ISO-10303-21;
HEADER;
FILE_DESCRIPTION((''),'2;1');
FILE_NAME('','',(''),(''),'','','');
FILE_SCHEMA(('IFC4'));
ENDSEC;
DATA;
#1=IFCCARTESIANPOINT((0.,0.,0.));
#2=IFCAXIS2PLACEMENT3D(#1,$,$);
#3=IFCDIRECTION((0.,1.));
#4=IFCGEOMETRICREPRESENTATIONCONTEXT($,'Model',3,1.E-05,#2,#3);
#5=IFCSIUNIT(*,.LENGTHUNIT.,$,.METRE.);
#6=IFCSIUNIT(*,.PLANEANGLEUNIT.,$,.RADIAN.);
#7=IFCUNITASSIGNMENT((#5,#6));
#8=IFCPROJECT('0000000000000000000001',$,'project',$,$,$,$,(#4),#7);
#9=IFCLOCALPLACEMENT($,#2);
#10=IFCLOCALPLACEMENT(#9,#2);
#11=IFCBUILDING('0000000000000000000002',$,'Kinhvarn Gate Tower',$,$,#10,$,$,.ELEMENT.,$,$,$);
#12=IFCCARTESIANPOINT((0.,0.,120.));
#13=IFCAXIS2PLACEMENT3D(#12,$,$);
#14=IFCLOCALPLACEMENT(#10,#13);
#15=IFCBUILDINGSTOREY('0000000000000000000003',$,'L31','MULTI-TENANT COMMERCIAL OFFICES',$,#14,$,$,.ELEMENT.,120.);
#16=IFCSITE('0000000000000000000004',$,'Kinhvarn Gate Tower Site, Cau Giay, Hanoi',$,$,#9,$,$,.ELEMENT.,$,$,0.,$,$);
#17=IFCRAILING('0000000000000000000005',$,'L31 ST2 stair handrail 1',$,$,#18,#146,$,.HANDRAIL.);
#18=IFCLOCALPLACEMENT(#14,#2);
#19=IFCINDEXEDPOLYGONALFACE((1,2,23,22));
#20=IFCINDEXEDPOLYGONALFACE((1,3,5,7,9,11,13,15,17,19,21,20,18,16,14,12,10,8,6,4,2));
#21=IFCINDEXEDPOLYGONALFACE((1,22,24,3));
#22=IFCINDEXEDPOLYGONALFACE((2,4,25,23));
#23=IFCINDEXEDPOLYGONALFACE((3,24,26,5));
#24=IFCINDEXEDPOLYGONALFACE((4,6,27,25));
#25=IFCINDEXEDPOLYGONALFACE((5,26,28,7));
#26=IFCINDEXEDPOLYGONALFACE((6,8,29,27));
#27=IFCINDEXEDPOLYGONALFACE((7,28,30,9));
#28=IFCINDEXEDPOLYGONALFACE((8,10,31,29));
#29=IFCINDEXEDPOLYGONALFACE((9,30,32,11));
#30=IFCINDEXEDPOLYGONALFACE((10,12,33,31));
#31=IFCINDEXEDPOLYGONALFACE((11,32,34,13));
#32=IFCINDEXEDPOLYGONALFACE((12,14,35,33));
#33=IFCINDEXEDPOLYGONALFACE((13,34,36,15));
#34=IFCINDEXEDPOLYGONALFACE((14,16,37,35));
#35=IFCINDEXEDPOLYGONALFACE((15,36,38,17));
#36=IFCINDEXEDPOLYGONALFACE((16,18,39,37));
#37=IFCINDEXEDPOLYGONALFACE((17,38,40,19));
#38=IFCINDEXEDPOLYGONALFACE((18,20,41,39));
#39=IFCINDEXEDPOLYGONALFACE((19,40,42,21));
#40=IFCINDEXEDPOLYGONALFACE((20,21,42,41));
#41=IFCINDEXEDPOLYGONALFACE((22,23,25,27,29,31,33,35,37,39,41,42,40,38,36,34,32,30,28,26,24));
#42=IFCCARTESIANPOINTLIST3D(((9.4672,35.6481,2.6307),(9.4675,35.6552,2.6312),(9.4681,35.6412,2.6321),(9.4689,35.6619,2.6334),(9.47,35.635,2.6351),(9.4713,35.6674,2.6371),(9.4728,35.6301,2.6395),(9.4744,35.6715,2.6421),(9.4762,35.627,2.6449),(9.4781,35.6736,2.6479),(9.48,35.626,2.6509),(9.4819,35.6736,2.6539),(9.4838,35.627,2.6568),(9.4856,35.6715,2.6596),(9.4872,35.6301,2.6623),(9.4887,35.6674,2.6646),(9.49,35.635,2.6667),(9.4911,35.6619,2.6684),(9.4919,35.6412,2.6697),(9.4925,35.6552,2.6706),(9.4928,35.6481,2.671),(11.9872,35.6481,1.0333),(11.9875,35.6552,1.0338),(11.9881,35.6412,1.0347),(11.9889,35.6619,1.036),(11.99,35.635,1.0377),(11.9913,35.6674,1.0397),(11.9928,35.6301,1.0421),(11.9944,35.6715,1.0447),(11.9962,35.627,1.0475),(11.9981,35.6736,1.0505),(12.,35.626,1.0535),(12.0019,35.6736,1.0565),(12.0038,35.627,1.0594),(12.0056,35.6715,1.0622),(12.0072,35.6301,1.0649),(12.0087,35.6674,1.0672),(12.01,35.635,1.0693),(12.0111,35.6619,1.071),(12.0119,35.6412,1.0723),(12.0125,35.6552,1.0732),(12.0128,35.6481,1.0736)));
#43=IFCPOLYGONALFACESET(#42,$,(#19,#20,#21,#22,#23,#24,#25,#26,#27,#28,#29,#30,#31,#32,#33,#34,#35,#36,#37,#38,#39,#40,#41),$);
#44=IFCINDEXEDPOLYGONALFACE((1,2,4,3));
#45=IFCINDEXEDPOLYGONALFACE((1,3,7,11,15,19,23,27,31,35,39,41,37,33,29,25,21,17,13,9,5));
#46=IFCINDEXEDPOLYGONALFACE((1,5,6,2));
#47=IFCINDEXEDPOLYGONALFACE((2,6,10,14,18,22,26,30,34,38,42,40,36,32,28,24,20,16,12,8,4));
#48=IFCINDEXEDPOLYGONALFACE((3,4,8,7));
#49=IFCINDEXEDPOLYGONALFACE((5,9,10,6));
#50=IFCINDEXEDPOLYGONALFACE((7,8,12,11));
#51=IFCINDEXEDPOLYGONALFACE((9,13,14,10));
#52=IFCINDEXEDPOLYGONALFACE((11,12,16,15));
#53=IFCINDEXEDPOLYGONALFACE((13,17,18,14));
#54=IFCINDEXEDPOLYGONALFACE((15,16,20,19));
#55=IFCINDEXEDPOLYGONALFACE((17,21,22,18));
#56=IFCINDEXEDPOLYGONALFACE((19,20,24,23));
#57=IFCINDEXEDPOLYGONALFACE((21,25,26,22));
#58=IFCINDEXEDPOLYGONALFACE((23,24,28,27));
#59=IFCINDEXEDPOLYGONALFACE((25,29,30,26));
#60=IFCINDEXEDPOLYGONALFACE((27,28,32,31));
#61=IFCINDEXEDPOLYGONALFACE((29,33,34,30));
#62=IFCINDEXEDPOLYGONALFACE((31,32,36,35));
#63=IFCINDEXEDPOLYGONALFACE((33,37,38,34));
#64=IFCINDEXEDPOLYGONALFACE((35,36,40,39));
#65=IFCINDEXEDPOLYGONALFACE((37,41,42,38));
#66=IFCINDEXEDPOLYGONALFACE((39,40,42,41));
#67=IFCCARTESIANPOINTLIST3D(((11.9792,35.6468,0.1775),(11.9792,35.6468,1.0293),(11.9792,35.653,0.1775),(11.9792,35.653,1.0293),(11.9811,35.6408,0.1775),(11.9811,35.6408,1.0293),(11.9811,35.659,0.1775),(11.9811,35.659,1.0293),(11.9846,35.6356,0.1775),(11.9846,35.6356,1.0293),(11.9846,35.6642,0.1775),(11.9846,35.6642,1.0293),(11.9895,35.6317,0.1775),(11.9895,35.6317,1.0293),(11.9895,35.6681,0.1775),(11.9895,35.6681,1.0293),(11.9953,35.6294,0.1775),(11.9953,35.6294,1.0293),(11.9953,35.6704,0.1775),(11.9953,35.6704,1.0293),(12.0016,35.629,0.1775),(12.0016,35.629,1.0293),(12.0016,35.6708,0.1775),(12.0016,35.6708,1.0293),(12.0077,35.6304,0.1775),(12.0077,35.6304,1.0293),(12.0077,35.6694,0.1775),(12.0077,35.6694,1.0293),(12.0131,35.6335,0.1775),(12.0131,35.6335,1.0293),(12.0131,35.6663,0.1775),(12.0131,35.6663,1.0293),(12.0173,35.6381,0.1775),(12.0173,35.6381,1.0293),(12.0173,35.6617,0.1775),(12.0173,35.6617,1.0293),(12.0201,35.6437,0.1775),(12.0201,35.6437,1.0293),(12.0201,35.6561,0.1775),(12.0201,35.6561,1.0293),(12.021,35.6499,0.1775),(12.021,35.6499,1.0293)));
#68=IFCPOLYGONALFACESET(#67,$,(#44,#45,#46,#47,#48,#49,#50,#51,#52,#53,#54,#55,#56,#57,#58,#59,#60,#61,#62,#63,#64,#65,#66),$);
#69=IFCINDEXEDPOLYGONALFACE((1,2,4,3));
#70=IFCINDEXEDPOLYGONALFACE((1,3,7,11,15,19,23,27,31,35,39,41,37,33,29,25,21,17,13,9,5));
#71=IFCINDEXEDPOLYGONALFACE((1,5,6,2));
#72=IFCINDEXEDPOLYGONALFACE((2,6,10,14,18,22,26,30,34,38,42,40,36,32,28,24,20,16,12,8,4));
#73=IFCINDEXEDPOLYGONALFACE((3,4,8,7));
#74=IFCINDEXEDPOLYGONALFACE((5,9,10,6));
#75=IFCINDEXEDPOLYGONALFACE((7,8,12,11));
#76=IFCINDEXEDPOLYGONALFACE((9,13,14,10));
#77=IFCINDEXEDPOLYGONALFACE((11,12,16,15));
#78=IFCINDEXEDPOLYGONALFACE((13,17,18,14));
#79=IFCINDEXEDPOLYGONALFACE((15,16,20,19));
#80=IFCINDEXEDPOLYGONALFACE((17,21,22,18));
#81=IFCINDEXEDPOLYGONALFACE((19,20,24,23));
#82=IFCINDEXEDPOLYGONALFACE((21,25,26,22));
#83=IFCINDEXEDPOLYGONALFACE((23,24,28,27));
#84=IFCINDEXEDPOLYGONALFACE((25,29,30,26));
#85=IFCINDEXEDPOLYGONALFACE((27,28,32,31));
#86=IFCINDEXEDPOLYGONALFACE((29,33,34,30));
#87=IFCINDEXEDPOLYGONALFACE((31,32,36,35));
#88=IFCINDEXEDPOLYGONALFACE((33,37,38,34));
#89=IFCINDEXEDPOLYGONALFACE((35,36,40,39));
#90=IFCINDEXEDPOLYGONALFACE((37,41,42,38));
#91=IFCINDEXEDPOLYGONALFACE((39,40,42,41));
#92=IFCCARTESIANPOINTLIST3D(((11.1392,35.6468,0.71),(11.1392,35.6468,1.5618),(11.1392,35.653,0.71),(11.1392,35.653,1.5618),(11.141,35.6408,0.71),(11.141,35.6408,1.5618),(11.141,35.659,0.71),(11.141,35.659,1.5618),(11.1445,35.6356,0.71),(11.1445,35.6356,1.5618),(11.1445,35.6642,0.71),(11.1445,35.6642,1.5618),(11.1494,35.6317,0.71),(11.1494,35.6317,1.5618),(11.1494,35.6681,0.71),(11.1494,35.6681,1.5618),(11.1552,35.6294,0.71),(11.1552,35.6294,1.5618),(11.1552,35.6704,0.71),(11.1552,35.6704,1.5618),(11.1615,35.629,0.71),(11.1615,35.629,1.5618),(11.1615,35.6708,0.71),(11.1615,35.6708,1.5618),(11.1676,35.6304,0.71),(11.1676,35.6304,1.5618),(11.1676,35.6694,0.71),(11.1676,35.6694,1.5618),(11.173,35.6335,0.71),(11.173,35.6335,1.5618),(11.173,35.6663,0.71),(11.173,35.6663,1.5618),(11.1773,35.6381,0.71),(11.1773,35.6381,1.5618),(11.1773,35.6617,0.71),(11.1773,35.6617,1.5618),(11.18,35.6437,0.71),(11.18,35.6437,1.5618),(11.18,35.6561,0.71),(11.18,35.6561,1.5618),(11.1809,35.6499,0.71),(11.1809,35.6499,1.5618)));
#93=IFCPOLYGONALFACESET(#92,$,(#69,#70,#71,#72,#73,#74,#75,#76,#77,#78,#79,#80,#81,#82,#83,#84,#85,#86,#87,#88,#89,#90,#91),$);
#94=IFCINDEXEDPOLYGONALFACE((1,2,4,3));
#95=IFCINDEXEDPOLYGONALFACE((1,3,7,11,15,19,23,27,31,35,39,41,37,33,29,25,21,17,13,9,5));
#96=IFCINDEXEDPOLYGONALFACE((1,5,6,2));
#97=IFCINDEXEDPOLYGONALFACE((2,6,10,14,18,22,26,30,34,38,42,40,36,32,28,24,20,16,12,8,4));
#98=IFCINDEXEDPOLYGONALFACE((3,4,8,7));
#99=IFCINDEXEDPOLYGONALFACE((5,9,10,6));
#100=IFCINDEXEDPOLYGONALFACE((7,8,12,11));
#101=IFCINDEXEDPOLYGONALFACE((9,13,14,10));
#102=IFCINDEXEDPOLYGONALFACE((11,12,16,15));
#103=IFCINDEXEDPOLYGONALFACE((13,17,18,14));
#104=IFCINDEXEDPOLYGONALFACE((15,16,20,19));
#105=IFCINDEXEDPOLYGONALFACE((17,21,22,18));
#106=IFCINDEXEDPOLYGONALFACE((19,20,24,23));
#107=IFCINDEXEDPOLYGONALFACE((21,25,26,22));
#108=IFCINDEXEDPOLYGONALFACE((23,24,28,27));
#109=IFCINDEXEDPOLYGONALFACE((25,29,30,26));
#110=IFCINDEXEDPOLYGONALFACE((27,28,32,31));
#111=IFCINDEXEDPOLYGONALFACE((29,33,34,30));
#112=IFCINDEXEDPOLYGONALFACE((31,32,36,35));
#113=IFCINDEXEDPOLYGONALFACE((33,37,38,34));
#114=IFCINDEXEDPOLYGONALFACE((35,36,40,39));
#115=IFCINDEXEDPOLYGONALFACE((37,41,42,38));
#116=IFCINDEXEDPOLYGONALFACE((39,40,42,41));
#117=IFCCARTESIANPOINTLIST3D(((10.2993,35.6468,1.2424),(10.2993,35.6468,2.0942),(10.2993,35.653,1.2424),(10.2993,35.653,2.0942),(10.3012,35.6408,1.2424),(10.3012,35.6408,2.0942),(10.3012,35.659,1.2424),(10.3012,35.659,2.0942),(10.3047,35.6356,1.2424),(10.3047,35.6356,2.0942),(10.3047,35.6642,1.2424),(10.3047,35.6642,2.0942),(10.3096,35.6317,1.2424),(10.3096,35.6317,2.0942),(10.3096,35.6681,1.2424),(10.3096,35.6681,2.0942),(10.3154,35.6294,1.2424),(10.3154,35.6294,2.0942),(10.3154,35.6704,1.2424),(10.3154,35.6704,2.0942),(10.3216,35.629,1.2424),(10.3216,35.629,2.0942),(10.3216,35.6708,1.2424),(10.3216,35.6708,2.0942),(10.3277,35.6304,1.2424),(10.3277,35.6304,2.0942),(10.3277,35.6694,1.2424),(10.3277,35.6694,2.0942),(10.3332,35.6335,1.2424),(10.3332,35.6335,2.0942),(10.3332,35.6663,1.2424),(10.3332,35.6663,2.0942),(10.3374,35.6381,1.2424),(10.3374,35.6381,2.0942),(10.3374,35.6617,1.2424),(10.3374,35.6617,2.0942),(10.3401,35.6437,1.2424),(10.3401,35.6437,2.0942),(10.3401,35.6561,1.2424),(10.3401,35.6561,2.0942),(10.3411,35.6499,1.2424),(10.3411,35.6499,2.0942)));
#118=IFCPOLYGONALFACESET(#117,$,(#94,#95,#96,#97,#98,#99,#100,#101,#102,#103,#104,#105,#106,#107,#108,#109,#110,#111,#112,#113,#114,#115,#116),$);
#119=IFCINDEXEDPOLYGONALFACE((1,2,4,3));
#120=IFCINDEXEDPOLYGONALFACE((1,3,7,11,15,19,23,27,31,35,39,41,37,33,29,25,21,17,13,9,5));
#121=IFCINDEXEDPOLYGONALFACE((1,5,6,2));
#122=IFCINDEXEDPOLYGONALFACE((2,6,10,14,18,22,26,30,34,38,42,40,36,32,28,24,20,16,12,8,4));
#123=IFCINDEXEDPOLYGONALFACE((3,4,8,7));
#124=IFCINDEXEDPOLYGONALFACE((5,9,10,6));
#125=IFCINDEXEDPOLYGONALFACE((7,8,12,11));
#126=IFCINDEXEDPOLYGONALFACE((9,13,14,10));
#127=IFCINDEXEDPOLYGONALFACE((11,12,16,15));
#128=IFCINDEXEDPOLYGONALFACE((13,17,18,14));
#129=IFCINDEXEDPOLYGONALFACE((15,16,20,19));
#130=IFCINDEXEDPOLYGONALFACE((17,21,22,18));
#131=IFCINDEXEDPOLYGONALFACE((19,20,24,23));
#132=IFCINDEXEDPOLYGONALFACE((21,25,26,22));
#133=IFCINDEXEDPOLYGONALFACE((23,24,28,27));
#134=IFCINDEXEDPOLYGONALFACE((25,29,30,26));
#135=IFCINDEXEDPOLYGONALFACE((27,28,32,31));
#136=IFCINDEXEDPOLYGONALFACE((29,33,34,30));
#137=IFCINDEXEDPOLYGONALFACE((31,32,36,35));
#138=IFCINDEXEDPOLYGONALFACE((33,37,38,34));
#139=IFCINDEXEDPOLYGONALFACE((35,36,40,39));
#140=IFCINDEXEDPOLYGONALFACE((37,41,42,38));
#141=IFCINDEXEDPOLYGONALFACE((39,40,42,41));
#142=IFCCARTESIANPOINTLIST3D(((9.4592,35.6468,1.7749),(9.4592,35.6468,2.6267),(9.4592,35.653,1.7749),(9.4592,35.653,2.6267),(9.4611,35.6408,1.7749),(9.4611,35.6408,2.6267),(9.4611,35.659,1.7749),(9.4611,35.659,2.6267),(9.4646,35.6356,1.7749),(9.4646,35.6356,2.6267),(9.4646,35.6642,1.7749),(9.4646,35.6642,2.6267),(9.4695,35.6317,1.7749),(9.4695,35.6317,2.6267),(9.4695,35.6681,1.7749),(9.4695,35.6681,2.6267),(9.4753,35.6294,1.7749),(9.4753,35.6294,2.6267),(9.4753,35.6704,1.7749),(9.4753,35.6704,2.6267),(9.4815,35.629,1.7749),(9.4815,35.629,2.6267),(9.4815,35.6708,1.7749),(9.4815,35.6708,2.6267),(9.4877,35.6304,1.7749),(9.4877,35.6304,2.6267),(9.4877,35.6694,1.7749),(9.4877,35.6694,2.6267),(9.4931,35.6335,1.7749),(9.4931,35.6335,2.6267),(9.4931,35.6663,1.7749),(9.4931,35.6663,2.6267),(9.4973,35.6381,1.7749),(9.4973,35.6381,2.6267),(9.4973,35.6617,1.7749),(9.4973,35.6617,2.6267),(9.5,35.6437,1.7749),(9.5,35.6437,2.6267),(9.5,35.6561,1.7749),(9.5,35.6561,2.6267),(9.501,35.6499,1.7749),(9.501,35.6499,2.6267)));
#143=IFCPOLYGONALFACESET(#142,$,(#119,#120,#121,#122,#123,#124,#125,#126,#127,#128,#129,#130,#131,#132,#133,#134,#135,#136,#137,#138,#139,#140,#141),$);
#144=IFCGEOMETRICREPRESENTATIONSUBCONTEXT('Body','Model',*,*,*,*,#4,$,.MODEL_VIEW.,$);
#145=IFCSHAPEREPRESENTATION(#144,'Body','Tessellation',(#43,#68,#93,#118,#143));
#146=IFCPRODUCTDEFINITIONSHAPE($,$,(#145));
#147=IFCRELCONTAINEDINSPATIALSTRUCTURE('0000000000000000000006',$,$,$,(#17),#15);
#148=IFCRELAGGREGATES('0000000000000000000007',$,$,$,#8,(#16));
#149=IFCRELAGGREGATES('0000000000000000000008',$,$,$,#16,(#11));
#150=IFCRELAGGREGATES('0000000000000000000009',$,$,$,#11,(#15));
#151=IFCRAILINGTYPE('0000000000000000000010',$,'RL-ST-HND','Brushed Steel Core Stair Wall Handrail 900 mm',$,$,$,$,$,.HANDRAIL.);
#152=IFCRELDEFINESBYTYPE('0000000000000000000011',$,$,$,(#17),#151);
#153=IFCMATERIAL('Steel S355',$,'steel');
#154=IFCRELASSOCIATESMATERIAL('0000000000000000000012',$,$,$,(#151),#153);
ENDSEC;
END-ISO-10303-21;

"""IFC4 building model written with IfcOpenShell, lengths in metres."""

from ifc_helpers import new_model, si_unit, direction, frame, origin, origin_2d, place, context, subcontext, project, spatial, circle, extrude, material, type_object, element, save


model = new_model("IFC4")

# Units and contexts
model_context = context("Model", 3, precision=1e-05, world=origin(), true_north=direction((0.0, 1.0)))
body_context = subcontext(model_context, "Body", "Model", "MODEL_VIEW")
ifc_project = project(units=[si_unit("LENGTHUNIT", "METRE"), si_unit("PLANEANGLEUNIT", "RADIAN")], contexts=[model_context])

# Site, building, storey
site_placement = place(None, origin())
site = spatial("IfcSite", under=ifc_project, at=site_placement, Name="Kinhvarn Gate Tower Site, Cau Giay, Hanoi", CompositionType="ELEMENT", RefElevation=0.0)
building_placement = place(site_placement, origin())
building = spatial("IfcBuilding", under=site, at=building_placement, Name="Kinhvarn Gate Tower", CompositionType="ELEMENT")
storey_placement = place(building_placement, frame((0.0, 0.0, 120.0)))
storey = spatial("IfcBuildingStorey", under=building, at=storey_placement, Name="L31", Description="MULTI-TENANT COMMERCIAL OFFICES", CompositionType="ELEMENT", Elevation=120.0)

# Shared definitions
ifc_material_1 = material(Name="Steel S355", Category="steel")

# Railing
railing_type_1 = type_object("IfcRailingType", Name="RL-ST-HND", Description="Brushed Steel Core Stair Wall Handrail 900 mm", PredefinedType="HANDRAIL", material=ifc_material_1)
railing_1_placement = place(storey_placement, frame((12.0, 35.6499, 0.1775)))
element("IfcRailing", 1, at=railing_1_placement, inside=storey, type_object=railing_type_1, Name="L31 ST2 stair handrail 1", PredefinedType="HANDRAIL", context=body_context, shape_type="SweptSolid", body=[
    extrude(circle(Radius=0.0239, at=origin_2d()), frame((0.0, 0.0, 0.876), z_axis=(-0.844607, 0.0, 0.535387), x_axis=(0.0, -1.0, 0.0)), (0.0, 0.0, 1.0), 2.9836),
    extrude(circle(Radius=0.021, at=origin_2d()), origin(), (0.0, 0.0, 1.0), 0.8518),
    extrude(circle(Radius=0.021, at=origin_2d()), frame((-0.8401, 0.0, 0.5325)), (0.0, 0.0, 1.0), 0.8518),
    extrude(circle(Radius=0.021, at=origin_2d()), frame((-1.6799, 0.0, 1.0649)), (0.0, 0.0, 1.0), 0.8518),
    extrude(circle(Radius=0.021, at=origin_2d()), frame((-2.52, 0.0, 1.5974)), (0.0, 0.0, 1.0), 0.8518),
])

save(model, "model.ifc")
